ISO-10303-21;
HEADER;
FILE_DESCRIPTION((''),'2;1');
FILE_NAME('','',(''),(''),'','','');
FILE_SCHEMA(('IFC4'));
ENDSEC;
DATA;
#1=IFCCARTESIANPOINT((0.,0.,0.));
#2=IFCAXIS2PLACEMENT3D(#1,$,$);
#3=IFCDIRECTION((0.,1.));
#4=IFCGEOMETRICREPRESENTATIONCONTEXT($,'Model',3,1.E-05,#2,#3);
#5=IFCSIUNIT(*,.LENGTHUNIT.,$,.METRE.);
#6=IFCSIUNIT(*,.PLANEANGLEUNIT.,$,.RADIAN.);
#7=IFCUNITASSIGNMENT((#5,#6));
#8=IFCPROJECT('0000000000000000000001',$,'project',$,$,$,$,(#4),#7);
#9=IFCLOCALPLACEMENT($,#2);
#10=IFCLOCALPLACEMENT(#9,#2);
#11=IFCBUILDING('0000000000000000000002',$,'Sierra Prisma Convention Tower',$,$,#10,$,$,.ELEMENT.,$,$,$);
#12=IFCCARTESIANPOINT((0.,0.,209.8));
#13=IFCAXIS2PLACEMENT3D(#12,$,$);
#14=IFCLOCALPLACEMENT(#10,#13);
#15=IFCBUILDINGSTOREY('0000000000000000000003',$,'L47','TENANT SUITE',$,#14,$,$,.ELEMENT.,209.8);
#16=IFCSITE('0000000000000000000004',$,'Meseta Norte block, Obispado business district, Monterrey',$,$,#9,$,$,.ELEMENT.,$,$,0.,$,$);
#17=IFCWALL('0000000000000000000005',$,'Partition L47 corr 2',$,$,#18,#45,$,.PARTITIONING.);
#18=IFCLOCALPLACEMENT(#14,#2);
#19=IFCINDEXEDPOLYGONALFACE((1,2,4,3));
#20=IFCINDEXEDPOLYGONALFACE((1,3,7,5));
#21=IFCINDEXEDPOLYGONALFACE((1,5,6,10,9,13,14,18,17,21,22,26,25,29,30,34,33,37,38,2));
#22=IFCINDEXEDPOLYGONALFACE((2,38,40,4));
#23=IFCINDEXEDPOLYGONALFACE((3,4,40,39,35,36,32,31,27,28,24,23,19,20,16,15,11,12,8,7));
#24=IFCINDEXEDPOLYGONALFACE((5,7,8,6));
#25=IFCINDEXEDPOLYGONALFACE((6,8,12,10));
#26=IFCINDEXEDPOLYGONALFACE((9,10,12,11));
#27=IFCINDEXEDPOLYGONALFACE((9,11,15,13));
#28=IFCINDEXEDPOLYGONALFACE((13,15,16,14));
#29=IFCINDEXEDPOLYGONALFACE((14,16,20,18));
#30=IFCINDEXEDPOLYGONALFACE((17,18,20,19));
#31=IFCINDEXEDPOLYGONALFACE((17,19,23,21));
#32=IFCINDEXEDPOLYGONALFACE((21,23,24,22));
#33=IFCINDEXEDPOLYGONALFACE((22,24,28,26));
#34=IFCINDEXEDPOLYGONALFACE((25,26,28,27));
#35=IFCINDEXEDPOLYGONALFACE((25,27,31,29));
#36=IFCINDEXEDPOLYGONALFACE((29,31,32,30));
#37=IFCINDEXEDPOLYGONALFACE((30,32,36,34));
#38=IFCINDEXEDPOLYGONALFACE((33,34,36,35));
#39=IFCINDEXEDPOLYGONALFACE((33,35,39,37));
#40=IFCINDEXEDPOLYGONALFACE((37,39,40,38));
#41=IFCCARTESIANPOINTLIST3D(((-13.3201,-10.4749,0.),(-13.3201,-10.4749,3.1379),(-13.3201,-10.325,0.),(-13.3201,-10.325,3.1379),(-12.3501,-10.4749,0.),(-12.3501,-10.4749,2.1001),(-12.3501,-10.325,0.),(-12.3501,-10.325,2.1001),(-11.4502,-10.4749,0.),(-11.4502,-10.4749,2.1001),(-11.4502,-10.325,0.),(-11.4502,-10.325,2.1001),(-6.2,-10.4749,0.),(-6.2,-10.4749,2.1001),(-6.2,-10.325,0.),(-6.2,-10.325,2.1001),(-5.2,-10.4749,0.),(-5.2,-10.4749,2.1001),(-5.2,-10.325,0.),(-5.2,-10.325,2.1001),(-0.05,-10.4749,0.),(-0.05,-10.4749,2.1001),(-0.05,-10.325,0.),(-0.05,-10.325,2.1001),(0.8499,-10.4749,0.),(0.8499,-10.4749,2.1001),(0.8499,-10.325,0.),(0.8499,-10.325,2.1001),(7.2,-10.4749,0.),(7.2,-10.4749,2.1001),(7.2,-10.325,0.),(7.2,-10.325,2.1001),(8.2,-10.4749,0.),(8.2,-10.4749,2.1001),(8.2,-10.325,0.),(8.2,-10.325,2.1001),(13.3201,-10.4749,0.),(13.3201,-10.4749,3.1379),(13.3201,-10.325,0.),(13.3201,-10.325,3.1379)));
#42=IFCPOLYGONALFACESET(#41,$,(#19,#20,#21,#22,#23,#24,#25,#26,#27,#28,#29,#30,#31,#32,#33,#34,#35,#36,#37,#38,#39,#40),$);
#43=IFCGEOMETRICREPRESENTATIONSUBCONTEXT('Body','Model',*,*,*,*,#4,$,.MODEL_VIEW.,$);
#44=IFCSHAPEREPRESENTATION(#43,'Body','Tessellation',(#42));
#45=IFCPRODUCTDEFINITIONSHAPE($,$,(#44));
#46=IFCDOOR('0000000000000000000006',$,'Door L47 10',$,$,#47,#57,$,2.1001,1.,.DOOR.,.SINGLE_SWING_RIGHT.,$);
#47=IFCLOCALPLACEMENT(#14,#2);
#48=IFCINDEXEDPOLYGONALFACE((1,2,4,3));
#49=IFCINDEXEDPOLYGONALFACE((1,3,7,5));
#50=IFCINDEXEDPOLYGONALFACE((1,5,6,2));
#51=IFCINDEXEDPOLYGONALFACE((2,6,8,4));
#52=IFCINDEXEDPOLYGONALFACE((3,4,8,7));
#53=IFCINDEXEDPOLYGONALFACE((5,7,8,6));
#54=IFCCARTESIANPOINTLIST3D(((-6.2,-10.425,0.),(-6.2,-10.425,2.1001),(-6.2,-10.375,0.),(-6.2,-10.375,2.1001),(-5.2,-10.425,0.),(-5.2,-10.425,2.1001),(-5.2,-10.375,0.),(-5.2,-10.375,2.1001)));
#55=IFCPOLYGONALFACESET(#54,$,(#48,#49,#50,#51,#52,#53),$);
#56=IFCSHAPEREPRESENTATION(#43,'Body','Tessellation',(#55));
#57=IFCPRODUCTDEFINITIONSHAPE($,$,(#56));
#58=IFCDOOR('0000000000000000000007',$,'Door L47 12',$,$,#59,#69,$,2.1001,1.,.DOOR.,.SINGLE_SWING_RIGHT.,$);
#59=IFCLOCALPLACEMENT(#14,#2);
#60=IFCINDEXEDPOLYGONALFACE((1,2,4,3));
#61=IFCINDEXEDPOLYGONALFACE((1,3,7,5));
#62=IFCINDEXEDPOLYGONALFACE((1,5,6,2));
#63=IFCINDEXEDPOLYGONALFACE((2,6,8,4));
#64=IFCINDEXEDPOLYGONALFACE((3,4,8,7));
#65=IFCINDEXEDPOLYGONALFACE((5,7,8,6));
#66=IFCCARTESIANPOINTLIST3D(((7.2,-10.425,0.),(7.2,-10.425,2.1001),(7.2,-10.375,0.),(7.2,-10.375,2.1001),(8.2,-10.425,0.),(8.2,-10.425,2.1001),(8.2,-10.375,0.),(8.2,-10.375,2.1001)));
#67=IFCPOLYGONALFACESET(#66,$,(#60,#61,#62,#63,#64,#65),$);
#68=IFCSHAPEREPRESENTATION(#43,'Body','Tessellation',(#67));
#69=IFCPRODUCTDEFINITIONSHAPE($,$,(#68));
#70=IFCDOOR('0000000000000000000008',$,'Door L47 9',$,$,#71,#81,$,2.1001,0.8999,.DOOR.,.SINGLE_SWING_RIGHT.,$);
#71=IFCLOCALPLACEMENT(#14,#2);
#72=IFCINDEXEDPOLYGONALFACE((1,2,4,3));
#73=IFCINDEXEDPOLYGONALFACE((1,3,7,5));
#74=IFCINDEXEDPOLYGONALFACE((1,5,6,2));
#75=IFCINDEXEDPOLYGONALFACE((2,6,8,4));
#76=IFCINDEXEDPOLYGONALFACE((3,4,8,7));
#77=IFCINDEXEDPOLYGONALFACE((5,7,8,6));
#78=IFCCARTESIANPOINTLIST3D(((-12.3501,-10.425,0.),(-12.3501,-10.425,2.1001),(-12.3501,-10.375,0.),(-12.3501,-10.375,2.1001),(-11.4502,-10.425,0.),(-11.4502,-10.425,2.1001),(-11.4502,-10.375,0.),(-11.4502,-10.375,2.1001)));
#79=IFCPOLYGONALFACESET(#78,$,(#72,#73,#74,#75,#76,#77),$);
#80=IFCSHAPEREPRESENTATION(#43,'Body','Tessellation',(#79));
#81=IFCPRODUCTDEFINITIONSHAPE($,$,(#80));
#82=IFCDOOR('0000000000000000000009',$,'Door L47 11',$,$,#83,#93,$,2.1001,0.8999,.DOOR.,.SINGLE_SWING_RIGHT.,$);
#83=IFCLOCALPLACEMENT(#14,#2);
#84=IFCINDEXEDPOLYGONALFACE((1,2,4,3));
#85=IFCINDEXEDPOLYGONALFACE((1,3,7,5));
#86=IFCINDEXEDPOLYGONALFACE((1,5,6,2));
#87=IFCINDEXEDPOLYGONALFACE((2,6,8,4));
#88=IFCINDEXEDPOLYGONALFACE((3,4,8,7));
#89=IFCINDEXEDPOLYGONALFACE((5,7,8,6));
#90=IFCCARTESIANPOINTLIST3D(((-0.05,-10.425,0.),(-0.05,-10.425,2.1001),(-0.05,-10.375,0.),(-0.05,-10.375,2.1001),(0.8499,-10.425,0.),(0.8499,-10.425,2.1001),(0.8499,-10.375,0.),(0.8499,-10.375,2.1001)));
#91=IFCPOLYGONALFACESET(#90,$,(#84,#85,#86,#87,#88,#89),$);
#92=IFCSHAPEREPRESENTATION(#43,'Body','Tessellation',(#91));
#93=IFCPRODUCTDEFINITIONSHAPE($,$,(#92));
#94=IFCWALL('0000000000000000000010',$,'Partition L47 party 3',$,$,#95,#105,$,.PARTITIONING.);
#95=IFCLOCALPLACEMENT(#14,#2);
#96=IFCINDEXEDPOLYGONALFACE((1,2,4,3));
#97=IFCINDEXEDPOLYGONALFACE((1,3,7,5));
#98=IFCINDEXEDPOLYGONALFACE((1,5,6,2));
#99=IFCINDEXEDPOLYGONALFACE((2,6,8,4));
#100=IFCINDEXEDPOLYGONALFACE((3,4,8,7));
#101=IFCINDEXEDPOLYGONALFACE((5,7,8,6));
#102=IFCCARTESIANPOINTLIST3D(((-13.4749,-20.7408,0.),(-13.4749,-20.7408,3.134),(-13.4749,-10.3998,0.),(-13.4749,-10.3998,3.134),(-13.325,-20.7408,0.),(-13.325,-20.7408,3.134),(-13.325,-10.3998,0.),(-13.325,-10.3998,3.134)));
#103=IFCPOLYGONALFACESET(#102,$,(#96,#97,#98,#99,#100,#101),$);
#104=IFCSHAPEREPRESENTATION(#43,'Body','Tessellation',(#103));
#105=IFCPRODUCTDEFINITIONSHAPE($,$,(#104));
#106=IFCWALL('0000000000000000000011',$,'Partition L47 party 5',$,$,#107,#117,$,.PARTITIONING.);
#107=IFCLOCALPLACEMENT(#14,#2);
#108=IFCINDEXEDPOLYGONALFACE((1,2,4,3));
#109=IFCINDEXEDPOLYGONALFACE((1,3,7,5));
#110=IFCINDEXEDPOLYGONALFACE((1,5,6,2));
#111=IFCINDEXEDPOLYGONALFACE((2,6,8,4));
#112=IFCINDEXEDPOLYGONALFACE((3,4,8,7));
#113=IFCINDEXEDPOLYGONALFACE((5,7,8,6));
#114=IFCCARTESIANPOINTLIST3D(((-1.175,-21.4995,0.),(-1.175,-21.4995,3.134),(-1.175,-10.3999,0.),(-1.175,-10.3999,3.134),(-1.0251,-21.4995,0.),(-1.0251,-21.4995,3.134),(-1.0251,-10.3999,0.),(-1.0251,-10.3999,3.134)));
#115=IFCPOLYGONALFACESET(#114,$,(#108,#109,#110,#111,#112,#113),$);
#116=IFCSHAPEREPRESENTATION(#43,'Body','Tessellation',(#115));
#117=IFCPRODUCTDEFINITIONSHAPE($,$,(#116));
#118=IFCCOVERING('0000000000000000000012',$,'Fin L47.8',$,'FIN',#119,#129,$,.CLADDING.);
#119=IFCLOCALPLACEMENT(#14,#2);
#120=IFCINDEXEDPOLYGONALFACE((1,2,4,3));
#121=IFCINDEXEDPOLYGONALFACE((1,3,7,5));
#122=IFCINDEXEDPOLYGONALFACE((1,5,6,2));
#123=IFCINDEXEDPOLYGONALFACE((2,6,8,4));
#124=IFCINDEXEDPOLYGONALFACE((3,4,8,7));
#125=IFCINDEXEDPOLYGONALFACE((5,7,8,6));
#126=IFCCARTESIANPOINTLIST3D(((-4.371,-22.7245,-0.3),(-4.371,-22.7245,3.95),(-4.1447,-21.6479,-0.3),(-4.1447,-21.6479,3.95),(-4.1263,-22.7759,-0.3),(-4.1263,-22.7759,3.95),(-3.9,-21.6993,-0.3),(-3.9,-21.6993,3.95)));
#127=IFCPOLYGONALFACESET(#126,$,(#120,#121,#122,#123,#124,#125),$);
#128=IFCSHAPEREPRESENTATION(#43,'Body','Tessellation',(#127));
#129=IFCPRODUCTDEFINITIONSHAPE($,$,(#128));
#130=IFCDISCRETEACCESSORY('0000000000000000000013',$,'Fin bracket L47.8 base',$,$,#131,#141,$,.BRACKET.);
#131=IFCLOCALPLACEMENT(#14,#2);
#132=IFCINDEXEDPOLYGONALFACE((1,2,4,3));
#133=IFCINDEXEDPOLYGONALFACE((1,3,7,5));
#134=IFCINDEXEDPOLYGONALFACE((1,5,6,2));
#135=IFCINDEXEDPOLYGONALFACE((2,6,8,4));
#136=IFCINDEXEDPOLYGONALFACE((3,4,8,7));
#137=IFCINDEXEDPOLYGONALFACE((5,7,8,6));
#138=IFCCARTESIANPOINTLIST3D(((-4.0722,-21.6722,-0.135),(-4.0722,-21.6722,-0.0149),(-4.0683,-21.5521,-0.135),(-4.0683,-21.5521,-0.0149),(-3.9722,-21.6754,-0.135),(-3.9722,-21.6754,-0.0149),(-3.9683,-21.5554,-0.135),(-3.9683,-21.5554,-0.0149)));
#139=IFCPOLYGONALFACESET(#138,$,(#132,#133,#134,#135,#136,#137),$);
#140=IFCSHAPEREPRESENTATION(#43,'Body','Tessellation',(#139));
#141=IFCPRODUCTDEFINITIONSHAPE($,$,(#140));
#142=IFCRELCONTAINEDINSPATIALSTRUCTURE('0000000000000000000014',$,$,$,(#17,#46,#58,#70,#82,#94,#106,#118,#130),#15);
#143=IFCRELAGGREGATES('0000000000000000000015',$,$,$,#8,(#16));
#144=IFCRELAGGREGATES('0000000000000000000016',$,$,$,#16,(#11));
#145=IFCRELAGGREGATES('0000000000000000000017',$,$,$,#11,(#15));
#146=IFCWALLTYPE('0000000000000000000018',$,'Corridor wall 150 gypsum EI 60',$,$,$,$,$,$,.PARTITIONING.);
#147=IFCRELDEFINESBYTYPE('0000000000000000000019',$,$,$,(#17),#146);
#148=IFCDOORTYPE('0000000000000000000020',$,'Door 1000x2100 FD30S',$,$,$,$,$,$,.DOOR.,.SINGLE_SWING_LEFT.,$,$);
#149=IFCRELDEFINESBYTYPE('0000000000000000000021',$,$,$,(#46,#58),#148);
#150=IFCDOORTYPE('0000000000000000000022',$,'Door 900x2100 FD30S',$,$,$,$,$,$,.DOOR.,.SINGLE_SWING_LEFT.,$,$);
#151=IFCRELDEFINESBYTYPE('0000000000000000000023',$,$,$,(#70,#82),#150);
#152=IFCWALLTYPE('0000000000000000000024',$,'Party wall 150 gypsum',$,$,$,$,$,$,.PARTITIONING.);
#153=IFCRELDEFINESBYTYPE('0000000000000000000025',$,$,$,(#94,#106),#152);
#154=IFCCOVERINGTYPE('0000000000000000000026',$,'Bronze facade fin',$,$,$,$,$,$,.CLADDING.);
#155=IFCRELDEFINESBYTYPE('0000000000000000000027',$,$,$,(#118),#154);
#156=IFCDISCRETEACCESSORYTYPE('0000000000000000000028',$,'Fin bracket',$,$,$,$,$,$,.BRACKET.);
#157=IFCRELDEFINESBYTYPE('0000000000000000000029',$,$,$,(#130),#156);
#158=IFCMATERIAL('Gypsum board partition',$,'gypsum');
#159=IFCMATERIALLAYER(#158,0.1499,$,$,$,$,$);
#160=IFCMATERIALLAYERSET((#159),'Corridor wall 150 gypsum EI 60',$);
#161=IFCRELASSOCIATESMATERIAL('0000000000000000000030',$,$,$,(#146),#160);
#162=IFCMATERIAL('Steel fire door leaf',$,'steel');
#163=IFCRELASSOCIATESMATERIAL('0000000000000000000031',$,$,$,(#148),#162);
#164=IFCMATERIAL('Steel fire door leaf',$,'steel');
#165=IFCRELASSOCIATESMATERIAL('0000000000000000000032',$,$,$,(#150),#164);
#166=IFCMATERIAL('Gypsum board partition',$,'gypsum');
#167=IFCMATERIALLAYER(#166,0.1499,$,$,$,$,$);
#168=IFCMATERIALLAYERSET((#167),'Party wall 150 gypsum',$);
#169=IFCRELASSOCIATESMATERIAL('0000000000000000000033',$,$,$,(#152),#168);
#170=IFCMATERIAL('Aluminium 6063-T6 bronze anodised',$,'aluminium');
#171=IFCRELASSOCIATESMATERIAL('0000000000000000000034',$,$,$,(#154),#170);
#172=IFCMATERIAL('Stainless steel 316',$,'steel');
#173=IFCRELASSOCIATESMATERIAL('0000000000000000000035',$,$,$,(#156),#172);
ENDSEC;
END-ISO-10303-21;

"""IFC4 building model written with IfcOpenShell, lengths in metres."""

from ifc_helpers import new_model, si_unit, direction, frame, frame_2d, origin, origin_2d, place, context, subcontext, project, spatial, rectangle, extrude, material, layer, layer_set, material_profile, profile_set, type_object, element, fill, save


model = new_model("IFC4")

# Units and contexts
model_context = context("Model", 3, precision=1e-05, world=origin(), true_north=direction((0.0, 1.0)))
body_context = subcontext(model_context, "Body", "Model", "MODEL_VIEW")
ifc_project = project(units=[si_unit("LENGTHUNIT", "METRE"), si_unit("PLANEANGLEUNIT", "RADIAN")], contexts=[model_context])

# Site, building, storey
site_placement = place(None, origin())
site = spatial("IfcSite", under=ifc_project, at=site_placement, Name="Meseta Norte block, Obispado business district, Monterrey", CompositionType="ELEMENT", RefElevation=0.0)
building_placement = place(site_placement, origin())
building = spatial("IfcBuilding", under=site, at=building_placement, Name="Sierra Prisma Convention Tower", CompositionType="ELEMENT")
storey_placement = place(building_placement, frame((0.0, 0.0, 209.8)))
storey = spatial("IfcBuildingStorey", under=building, at=storey_placement, Name="L47", Description="TENANT SUITE", CompositionType="ELEMENT", Elevation=209.8)

# Wall, openings, doors
ifc_material_1 = material(Name="Gypsum board partition", Category="gypsum")
ifc_layer_1 = layer(ifc_material_1, 0.1499)
ifc_layer_set_1 = layer_set([ifc_layer_1], Name="Corridor wall 150 gypsum EI 60")
wall_type_1 = type_object("IfcWallType", Name="Corridor wall 150 gypsum EI 60", PredefinedType="PARTITIONING", material=ifc_layer_set_1)
wall_1_placement = place(storey_placement, frame((-13.3201, -10.3999, 0.0), z_axis=(0.0, 0.0, 1.0), x_axis=(1.0, 0.0, 0.0)))
wall_1 = element("IfcWall", 1, at=wall_1_placement, inside=storey, type_object=wall_type_1, Name="Partition L47 corr 2", PredefinedType="PARTITIONING", context=body_context, shape_type="SweptSolid", body=[
    extrude(rectangle(XDim=26.6401, YDim=0.1499, at=frame_2d((13.3201, 0.0))), origin(), (0.0, 0.0, 1.0), 3.1379),
])
opening_1_placement = place(wall_1_placement, frame((0.97, 0.0, 0.0)))
opening_1 = element("IfcOpeningElement", 2, at=opening_1_placement, cuts=wall_1, PredefinedType="OPENING", context=body_context, shape_type="SweptSolid", body=[
    extrude(rectangle(XDim=0.8999, YDim=2.1001, at=frame_2d((0.45, 1.05))), frame((0.0, 0.075, 0.0), z_axis=(0.0, -1.0, 0.0), x_axis=(1.0, 0.0, 0.0)), (0.0, 0.0, 1.0), 0.1499),
])
opening_2_placement = place(wall_1_placement, frame((7.1201, 0.0, 0.0)))
opening_2 = element("IfcOpeningElement", 3, at=opening_2_placement, cuts=wall_1, PredefinedType="OPENING", context=body_context, shape_type="SweptSolid", body=[
    extrude(rectangle(XDim=1.0, YDim=2.1001, at=frame_2d((0.5, 1.05))), frame((0.0, 0.075, 0.0), z_axis=(0.0, -1.0, 0.0), x_axis=(1.0, 0.0, 0.0)), (0.0, 0.0, 1.0), 0.1499),
])
opening_3_placement = place(wall_1_placement, frame((13.27, 0.0, 0.0)))
opening_3 = element("IfcOpeningElement", 4, at=opening_3_placement, cuts=wall_1, PredefinedType="OPENING", context=body_context, shape_type="SweptSolid", body=[
    extrude(rectangle(XDim=0.8999, YDim=2.1001, at=frame_2d((0.45, 1.05))), frame((0.0, 0.075, 0.0), z_axis=(0.0, -1.0, 0.0), x_axis=(1.0, 0.0, 0.0)), (0.0, 0.0, 1.0), 0.1499),
])
opening_4_placement = place(wall_1_placement, frame((20.52, 0.0, 0.0)))
opening_4 = element("IfcOpeningElement", 5, at=opening_4_placement, cuts=wall_1, PredefinedType="OPENING", context=body_context, shape_type="SweptSolid", body=[
    extrude(rectangle(XDim=1.0, YDim=2.1001, at=frame_2d((0.5, 1.05))), frame((0.0, 0.075, 0.0), z_axis=(0.0, -1.0, 0.0), x_axis=(1.0, 0.0, 0.0)), (0.0, 0.0, 1.0), 0.1499),
])
ifc_material_2 = material(Name="Steel fire door leaf", Category="steel")
door_type_1 = type_object("IfcDoorType", Name="Door 1000x2100 FD30S", OperationType="SINGLE_SWING_LEFT", PredefinedType="DOOR", material=ifc_material_2)
door_1_placement = place(opening_2_placement, origin())
door_1 = element("IfcDoor", 6, at=door_1_placement, inside=storey, type_object=door_type_1, Name="Door L47 10", OperationType="SINGLE_SWING_RIGHT", OverallHeight=2.1001, OverallWidth=1.0, PredefinedType="DOOR", context=body_context, shape_type="SweptSolid", body=[
    extrude(rectangle(XDim=1.0, YDim=2.1001, at=frame_2d((0.5, 1.05))), frame((0.0, 0.0249, 0.0), z_axis=(0.0, -1.0, 0.0), x_axis=(1.0, 0.0, 0.0)), (0.0, 0.0, 1.0), 0.05),
])
fill(opening_2, door_1)
door_2_placement = place(opening_4_placement, origin())
door_2 = element("IfcDoor", 7, at=door_2_placement, inside=storey, type_object=door_type_1, Name="Door L47 12", OperationType="SINGLE_SWING_RIGHT", OverallHeight=2.1001, OverallWidth=1.0, PredefinedType="DOOR", context=body_context, shape_type="SweptSolid", body=[
    extrude(rectangle(XDim=1.0, YDim=2.1001, at=frame_2d((0.5, 1.05))), frame((0.0, 0.0249, 0.0), z_axis=(0.0, -1.0, 0.0), x_axis=(1.0, 0.0, 0.0)), (0.0, 0.0, 1.0), 0.05),
])
fill(opening_4, door_2)
ifc_material_3 = material(Name="Steel fire door leaf", Category="steel")
door_type_2 = type_object("IfcDoorType", Name="Door 900x2100 FD30S", OperationType="SINGLE_SWING_LEFT", PredefinedType="DOOR", material=ifc_material_3)
door_3_placement = place(opening_1_placement, origin())
door_3 = element("IfcDoor", 8, at=door_3_placement, inside=storey, type_object=door_type_2, Name="Door L47 9", OperationType="SINGLE_SWING_RIGHT", OverallHeight=2.1001, OverallWidth=0.8999, PredefinedType="DOOR", context=body_context, shape_type="SweptSolid", body=[
    extrude(rectangle(XDim=0.8999, YDim=2.1001, at=frame_2d((0.45, 1.05))), frame((0.0, 0.0249, 0.0), z_axis=(0.0, -1.0, 0.0), x_axis=(1.0, 0.0, 0.0)), (0.0, 0.0, 1.0), 0.05),
])
fill(opening_1, door_3)
door_4_placement = place(opening_3_placement, origin())
door_4 = element("IfcDoor", 9, at=door_4_placement, inside=storey, type_object=door_type_2, Name="Door L47 11", OperationType="SINGLE_SWING_RIGHT", OverallHeight=2.1001, OverallWidth=0.8999, PredefinedType="DOOR", context=body_context, shape_type="SweptSolid", body=[
    extrude(rectangle(XDim=0.8999, YDim=2.1001, at=frame_2d((0.45, 1.05))), frame((0.0, 0.0249, 0.0), z_axis=(0.0, -1.0, 0.0), x_axis=(1.0, 0.0, 0.0)), (0.0, 0.0, 1.0), 0.05),
])
fill(opening_3, door_4)

# Walls
ifc_material_4 = material(Name="Gypsum board partition", Category="gypsum")
ifc_layer_2 = layer(ifc_material_4, 0.1499)
ifc_layer_set_2 = layer_set([ifc_layer_2], Name="Party wall 150 gypsum")
wall_type_2 = type_object("IfcWallType", Name="Party wall 150 gypsum", PredefinedType="PARTITIONING", material=ifc_layer_set_2)
wall_2_placement = place(storey_placement, frame((-13.3999, -10.3999, 0.0), z_axis=(0.0, 0.0, 1.0), x_axis=(0.0, -1.0, 0.0)))
element("IfcWall", 10, at=wall_2_placement, inside=storey, type_object=wall_type_2, Name="Partition L47 party 3", PredefinedType="PARTITIONING", context=body_context, shape_type="SweptSolid", body=[
    extrude(rectangle(XDim=10.3411, YDim=0.1499, at=frame_2d((5.1704, 0.0))), origin(), (0.0, 0.0, 1.0), 3.134),
])
wall_3_placement = place(storey_placement, frame((-1.1001, -10.3999, 0.0), z_axis=(0.0, 0.0, 1.0), x_axis=(0.0, -1.0, 0.0)))
element("IfcWall", 11, at=wall_3_placement, inside=storey, type_object=wall_type_2, Name="Partition L47 party 5", PredefinedType="PARTITIONING", context=body_context, shape_type="SweptSolid", body=[
    extrude(rectangle(XDim=11.0996, YDim=0.1499, at=frame_2d((5.5498, 0.0))), origin(), (0.0, 0.0, 1.0), 3.134),
])

# Covering
ifc_material_5 = material(Name="Aluminium 6063-T6 bronze anodised", Category="aluminium")
ifc_material_profile_1 = material_profile(ifc_material_5, rectangle(XDim=1.1001, YDim=0.25, at=origin_2d()), Name="ALU FIN 1100x250")
ifc_profile_set_1 = profile_set([ifc_material_profile_1], Name="Aluminium 6063-T6 bronze anodised")
covering_type = type_object("IfcCoveringType", Name="Bronze facade fin", PredefinedType="CLADDING", material=ifc_profile_set_1)
covering_placement = place(storey_placement, frame((-4.1355, -22.2119, -0.3), z_axis=(0.0, 0.0, 1.0), x_axis=(-0.20567, -0.978621, 0.0)))
element("IfcCovering", 12, at=covering_placement, inside=storey, type_object=covering_type, Name="Fin L47.8", ObjectType="FIN", PredefinedType="CLADDING", context=body_context, shape_type="SweptSolid", body=[
    extrude(rectangle(XDim=1.1001, YDim=0.25, at=origin_2d()), origin(), (0.0, 0.0, 1.0), 4.25),
])

# Discrete accessory
ifc_material_6 = material(Name="Stainless steel 316", Category="steel")
discrete_accessory_type = type_object("IfcDiscreteAccessoryType", Name="Fin bracket", PredefinedType="BRACKET", material=ifc_material_6)
discrete_accessory_placement = place(storey_placement, frame((-4.0203, -21.6138, -0.135), z_axis=(0.0, 0.0, 1.0), x_axis=(-0.032609, -0.999468, 0.0)))
element("IfcDiscreteAccessory", 13, at=discrete_accessory_placement, inside=storey, type_object=discrete_accessory_type, Name="Fin bracket L47.8 base", PredefinedType="BRACKET", context=body_context, shape_type="SweptSolid", body=[
    extrude(rectangle(XDim=0.1201, YDim=0.1001, at=origin_2d()), origin(), (0.0, 0.0, 1.0), 0.1201),
])

save(model, "model.ifc")
